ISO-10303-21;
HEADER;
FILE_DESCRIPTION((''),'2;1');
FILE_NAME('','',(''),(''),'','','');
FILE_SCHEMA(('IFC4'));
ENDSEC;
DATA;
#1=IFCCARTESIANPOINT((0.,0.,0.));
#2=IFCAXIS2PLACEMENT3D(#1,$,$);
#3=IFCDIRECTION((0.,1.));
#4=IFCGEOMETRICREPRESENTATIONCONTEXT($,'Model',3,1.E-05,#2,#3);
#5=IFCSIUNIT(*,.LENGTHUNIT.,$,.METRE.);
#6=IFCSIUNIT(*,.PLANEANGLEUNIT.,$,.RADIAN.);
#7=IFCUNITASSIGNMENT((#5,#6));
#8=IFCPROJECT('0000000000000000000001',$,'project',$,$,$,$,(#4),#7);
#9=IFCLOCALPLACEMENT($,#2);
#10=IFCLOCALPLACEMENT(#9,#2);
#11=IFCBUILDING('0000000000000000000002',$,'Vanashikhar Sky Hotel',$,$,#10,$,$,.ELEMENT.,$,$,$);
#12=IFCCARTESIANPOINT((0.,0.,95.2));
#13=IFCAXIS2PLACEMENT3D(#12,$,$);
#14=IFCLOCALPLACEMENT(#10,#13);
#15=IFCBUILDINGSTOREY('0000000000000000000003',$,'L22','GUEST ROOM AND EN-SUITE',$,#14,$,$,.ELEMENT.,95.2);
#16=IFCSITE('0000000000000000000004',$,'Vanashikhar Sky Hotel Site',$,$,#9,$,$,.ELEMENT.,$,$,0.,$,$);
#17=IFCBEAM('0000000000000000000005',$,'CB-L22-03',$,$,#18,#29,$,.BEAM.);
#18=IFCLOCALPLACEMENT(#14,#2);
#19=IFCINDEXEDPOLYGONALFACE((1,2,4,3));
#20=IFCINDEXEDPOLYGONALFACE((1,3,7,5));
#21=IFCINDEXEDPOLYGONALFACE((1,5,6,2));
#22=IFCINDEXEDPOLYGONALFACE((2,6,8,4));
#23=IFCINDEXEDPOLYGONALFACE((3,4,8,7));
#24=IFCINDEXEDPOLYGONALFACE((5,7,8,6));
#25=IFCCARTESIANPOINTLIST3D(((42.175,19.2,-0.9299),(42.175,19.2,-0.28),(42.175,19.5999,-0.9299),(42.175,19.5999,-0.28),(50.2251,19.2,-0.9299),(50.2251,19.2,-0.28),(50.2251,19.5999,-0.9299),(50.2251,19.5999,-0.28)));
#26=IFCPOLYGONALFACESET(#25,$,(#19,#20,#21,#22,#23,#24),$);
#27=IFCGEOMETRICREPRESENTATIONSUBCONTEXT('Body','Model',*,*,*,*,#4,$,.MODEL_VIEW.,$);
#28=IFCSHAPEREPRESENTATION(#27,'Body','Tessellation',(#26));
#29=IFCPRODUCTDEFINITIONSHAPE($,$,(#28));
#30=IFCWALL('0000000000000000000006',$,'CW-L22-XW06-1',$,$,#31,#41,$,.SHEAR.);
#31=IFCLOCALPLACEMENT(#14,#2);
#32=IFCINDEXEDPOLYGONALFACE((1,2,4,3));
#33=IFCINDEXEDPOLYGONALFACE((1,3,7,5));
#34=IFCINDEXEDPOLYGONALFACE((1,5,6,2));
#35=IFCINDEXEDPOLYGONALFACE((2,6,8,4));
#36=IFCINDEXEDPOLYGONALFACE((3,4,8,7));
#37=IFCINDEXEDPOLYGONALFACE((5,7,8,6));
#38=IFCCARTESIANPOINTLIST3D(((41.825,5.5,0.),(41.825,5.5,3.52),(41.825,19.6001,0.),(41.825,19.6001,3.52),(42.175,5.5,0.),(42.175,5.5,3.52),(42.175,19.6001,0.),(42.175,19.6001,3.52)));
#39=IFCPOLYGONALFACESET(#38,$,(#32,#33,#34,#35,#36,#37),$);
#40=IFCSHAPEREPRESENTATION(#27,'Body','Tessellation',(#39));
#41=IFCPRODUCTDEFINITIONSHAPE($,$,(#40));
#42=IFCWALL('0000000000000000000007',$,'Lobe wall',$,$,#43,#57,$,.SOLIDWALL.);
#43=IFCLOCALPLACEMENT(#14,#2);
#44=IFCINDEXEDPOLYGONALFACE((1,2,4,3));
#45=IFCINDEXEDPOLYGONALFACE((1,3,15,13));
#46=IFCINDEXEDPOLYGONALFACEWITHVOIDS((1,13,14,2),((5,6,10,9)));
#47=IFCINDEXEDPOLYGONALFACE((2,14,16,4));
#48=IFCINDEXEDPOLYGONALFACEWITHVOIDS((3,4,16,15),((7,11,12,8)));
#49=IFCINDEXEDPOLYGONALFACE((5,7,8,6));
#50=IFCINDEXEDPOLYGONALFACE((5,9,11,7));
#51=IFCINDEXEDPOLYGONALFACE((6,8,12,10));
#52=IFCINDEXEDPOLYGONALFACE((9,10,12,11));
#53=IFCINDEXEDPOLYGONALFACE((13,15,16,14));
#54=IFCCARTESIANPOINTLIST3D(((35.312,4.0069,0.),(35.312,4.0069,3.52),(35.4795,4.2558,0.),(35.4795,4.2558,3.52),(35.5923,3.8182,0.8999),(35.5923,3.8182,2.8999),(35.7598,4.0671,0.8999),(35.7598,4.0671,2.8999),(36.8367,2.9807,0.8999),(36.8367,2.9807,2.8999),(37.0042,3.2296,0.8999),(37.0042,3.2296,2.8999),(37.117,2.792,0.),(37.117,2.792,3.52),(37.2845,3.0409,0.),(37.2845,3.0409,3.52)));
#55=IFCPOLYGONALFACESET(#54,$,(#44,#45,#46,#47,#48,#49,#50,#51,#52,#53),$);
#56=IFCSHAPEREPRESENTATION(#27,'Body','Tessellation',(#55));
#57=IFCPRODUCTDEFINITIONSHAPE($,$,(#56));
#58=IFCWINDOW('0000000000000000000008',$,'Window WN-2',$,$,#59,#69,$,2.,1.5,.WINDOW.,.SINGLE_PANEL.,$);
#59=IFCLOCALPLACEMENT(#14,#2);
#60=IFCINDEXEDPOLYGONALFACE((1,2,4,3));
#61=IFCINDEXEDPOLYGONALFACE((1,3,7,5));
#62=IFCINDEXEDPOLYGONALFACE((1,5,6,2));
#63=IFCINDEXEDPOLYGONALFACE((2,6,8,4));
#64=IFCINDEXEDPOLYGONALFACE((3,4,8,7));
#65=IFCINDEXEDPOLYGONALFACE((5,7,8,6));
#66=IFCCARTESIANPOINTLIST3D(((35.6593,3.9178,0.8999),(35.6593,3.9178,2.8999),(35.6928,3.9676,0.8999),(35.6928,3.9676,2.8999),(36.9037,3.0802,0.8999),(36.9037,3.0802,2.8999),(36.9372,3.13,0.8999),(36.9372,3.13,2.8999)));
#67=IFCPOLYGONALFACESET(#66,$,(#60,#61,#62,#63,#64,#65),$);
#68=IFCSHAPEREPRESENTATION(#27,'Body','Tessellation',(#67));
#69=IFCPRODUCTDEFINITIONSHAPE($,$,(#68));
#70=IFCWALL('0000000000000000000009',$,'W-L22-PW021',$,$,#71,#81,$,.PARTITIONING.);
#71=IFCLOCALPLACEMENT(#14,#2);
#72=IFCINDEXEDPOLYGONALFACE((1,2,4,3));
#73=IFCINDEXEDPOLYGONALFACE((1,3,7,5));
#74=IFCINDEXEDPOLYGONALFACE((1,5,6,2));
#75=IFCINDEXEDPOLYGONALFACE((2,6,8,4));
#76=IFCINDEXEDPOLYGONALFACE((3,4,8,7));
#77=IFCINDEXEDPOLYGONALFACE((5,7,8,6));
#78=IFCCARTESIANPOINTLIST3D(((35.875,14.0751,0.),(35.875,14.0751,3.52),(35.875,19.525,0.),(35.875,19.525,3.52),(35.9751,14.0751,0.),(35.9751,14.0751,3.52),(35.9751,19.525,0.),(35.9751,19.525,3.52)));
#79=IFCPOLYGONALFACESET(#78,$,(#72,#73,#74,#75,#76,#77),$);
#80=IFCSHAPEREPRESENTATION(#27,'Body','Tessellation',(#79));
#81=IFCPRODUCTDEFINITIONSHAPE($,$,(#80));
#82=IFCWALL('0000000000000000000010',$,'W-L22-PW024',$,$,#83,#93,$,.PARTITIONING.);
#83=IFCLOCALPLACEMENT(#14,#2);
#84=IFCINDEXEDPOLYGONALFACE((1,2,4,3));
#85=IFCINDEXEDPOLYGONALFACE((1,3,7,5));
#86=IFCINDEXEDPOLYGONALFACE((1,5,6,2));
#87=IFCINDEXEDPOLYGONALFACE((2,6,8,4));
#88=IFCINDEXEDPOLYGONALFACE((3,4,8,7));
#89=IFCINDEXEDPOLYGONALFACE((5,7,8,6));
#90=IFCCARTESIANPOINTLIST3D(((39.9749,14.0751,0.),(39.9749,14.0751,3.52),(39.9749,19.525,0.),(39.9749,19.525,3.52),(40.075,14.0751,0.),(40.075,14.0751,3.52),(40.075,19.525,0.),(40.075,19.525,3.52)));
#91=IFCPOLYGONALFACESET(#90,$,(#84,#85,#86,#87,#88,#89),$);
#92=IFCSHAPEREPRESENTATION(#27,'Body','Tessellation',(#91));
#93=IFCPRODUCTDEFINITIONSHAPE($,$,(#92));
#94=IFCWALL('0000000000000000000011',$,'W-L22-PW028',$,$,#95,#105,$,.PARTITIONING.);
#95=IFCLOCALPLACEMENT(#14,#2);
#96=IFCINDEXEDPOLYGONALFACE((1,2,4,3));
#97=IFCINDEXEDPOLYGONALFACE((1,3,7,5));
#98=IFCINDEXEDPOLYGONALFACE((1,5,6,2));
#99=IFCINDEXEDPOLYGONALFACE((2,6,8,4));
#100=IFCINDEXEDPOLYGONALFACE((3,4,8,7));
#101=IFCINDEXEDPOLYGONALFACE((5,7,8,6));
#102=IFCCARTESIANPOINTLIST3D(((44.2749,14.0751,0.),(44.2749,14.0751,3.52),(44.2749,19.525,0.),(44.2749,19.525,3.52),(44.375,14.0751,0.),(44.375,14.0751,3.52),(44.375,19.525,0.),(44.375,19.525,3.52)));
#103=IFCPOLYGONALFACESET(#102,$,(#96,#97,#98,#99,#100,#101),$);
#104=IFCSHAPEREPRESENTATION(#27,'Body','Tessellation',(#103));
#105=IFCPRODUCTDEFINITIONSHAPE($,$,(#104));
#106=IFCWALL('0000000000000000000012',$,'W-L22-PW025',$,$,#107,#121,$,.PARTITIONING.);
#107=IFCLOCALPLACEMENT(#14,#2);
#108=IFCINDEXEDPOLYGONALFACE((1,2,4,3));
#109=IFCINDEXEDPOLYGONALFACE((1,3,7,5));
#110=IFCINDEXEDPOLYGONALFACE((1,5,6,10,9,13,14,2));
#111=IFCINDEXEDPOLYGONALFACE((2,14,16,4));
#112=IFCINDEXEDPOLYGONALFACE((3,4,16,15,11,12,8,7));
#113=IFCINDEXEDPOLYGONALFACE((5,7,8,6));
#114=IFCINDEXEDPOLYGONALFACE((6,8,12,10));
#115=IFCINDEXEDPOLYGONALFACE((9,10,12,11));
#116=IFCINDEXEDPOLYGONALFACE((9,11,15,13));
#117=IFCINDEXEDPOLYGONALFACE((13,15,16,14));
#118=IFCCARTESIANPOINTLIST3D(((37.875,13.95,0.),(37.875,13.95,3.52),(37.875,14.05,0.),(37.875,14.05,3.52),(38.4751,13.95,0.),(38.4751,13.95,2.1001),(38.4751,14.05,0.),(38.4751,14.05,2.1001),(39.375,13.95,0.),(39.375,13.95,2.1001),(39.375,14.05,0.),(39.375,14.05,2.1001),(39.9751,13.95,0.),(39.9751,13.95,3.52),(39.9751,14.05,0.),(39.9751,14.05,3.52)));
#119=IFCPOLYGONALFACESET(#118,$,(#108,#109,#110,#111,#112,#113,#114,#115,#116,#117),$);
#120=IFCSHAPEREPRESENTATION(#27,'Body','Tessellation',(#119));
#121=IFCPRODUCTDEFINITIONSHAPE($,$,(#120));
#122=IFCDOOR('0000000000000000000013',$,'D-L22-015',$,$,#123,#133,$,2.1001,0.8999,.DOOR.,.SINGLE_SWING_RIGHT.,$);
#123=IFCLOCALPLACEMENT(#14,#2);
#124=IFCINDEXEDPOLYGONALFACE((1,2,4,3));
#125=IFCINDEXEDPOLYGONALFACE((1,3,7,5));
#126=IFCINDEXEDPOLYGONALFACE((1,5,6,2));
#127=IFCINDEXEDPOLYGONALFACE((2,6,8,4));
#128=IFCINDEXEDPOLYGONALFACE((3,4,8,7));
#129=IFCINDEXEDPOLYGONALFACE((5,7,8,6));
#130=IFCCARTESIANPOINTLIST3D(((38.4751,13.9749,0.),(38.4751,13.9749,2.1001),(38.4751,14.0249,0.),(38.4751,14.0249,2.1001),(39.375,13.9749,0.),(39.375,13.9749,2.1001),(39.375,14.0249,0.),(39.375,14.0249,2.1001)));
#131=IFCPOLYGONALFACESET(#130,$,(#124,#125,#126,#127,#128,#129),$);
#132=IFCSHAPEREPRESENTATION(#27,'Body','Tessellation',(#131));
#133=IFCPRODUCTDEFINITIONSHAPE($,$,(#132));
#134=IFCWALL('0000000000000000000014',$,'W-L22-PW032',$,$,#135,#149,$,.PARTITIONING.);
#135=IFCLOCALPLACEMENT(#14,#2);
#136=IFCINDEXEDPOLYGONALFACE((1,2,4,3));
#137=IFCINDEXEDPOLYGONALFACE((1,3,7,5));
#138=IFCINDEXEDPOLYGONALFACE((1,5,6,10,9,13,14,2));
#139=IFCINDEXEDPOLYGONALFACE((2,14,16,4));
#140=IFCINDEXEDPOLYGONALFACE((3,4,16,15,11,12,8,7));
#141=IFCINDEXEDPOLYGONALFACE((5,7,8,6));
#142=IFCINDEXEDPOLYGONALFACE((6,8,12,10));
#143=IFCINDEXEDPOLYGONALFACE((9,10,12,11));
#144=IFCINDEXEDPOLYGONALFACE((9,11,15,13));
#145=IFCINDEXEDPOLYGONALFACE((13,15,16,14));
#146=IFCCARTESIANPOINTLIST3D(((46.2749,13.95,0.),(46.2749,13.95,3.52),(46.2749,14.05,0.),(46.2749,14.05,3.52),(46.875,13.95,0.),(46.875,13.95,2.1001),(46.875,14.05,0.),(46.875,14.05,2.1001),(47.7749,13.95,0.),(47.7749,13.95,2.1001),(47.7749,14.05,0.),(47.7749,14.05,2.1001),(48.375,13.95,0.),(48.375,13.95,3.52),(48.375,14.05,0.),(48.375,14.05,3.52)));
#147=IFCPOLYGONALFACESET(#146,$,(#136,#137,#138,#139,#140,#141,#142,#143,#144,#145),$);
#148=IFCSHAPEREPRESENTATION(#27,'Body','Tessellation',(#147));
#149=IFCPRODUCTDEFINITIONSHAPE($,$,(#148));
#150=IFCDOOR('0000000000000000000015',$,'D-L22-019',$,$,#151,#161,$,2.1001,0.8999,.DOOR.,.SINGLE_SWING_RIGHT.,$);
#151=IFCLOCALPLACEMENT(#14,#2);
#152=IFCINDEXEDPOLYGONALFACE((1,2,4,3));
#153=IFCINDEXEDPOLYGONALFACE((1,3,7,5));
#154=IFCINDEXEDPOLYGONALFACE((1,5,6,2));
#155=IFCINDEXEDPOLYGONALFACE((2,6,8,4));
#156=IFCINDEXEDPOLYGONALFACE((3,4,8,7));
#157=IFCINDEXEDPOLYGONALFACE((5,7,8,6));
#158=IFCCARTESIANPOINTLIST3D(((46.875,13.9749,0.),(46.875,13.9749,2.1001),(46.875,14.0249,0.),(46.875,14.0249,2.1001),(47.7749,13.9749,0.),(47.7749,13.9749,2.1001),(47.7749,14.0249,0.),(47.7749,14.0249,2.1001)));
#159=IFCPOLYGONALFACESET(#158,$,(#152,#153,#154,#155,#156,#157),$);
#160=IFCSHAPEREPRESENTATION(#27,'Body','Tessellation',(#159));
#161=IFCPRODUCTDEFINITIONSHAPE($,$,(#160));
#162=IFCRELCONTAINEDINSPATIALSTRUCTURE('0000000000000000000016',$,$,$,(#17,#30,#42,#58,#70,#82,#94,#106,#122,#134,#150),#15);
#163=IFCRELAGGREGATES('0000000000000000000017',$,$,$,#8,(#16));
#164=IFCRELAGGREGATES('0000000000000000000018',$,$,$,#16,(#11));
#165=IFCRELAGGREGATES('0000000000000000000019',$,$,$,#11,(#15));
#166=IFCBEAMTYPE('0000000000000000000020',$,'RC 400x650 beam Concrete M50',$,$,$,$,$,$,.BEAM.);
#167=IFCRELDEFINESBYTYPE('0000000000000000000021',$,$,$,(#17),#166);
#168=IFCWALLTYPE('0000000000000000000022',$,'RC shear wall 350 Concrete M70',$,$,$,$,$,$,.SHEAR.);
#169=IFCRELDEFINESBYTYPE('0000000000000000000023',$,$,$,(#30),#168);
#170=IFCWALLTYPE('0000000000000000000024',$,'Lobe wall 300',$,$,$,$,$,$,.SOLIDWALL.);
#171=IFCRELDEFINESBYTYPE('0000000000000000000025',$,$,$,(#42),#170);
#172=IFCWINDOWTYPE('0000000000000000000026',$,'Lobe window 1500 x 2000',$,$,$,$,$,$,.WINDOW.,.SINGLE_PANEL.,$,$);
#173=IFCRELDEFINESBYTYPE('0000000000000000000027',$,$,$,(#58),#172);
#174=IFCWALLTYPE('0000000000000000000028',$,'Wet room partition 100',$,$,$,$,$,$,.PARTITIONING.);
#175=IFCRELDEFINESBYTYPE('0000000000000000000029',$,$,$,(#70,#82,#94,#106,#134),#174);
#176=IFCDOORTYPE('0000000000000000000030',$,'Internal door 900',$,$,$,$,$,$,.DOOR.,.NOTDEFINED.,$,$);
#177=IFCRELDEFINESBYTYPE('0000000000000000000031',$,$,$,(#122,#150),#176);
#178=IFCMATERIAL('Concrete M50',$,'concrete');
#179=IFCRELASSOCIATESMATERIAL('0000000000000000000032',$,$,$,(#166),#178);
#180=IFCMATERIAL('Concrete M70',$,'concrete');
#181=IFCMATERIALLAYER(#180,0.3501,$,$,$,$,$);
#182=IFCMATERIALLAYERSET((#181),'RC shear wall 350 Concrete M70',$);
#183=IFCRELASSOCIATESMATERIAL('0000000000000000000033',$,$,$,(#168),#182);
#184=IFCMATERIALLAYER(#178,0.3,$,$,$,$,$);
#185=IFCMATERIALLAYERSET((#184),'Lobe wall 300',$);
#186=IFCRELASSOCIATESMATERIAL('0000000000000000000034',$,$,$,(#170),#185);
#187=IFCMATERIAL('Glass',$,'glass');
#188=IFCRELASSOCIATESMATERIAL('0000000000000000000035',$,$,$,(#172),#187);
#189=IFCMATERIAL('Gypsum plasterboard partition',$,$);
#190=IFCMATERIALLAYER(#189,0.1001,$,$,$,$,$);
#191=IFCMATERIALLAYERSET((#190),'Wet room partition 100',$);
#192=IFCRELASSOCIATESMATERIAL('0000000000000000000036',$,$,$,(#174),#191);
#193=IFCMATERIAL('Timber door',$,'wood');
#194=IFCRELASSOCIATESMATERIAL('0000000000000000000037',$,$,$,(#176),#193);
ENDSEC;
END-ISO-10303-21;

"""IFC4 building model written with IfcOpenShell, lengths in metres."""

from ifc_helpers import new_model, si_unit, direction, frame, frame_2d, origin, origin_2d, place, context, subcontext, project, spatial, rectangle, extrude, source, transform, mapped, material, layer, layer_set, material_profile, profile_set, type_object, element, fill, save


model = new_model("IFC4")

# Units and contexts
model_context = context("Model", 3, precision=1e-05, world=origin(), true_north=direction((0.0, 1.0)))
body_context = subcontext(model_context, "Body", "Model", "MODEL_VIEW")
ifc_project = project(units=[si_unit("LENGTHUNIT", "METRE"), si_unit("PLANEANGLEUNIT", "RADIAN")], contexts=[model_context])

# Site, building, storey
site_placement = place(None, origin())
site = spatial("IfcSite", under=ifc_project, at=site_placement, Name="Vanashikhar Sky Hotel Site", CompositionType="ELEMENT", RefElevation=0.0)
building_placement = place(site_placement, origin())
building = spatial("IfcBuilding", under=site, at=building_placement, Name="Vanashikhar Sky Hotel", CompositionType="ELEMENT")
storey_placement = place(building_placement, frame((0.0, 0.0, 95.2)))
storey = spatial("IfcBuildingStorey", under=building, at=storey_placement, Name="L22", Description="GUEST ROOM AND EN-SUITE", CompositionType="ELEMENT", Elevation=95.2)

# Beam
ifc_material_1 = material(Name="Concrete M50", Category="concrete")
ifc_material_profile = material_profile(ifc_material_1, rectangle(XDim=0.3999, YDim=0.6499, at=origin_2d()))
ifc_profile_set = profile_set([ifc_material_profile], Name="RC 400x650 beam Concrete M50")
beam_type = type_object("IfcBeamType", Name="RC 400x650 beam Concrete M50", PredefinedType="BEAM", material=ifc_profile_set)
shared_shape_1 = source(origin(), body_context, "Body", "SweptSolid", [
    extrude(rectangle(XDim=0.3999, YDim=0.6499, at=origin_2d()), origin(), (0.0, 0.0, 1.0), 8.05),
])
beam_placement = place(storey_placement, frame((42.175, 19.3999, -0.605), z_axis=(1.0, 0.0, 0.0), x_axis=(0.0, 1.0, 0.0)))
element("IfcBeam", 1, at=beam_placement, inside=storey, type_object=beam_type, Name="CB-L22-03", PredefinedType="BEAM", context=body_context, shape_type="MappedRepresentation", body=[
    mapped(shared_shape_1, transform((0.0, 0.0, 0.0), scale=1.0)),
])

# Wall
ifc_material_2 = material(Name="Concrete M70", Category="concrete")
ifc_layer_1 = layer(ifc_material_2, 0.3501)
ifc_layer_set_1 = layer_set([ifc_layer_1], Name="RC shear wall 350 Concrete M70")
wall_type_1 = type_object("IfcWallType", Name="RC shear wall 350 Concrete M70", PredefinedType="SHEAR", material=ifc_layer_set_1)
shared_shape_2 = source(origin(), body_context, "Body", "SweptSolid", [
    extrude(rectangle(XDim=14.1001, YDim=0.3501, at=frame_2d((7.05, 0.0))), origin(), (0.0, 0.0, 1.0), 3.52),
])
wall_1_placement = place(storey_placement, frame((42.0, 5.5, 0.0), z_axis=(0.0, 0.0, 1.0), x_axis=(0.0, 1.0, 0.0)))
element("IfcWall", 2, at=wall_1_placement, inside=storey, type_object=wall_type_1, Name="CW-L22-XW06-1", PredefinedType="SHEAR", context=body_context, shape_type="MappedRepresentation", body=[
    mapped(shared_shape_2, transform((0.0, 0.0, 0.0), scale=1.0)),
])

# Wall, opening, window
ifc_layer_2 = layer(ifc_material_1, 0.3)
ifc_layer_set_2 = layer_set([ifc_layer_2], Name="Lobe wall 300")
wall_type_2 = type_object("IfcWallType", Name="Lobe wall 300", PredefinedType="SOLIDWALL", material=ifc_layer_set_2)
shared_shape_3 = source(origin(), body_context, "Body", "SweptSolid", [
    extrude(rectangle(XDim=2.1758, YDim=0.3, at=frame_2d((1.0879, 0.0))), origin(), (0.0, 0.0, 1.0), 3.52),
])
wall_2_placement = place(storey_placement, frame((35.3958, 4.1313, 0.0), z_axis=(0.0, 0.0, 1.0), x_axis=(0.829591, -0.558372, 0.0)))
wall_2 = element("IfcWall", 3, at=wall_2_placement, inside=storey, type_object=wall_type_2, Name="Lobe wall", PredefinedType="SOLIDWALL", context=body_context, shape_type="MappedRepresentation", body=[
    mapped(shared_shape_3, transform((0.0, 0.0, 0.0), scale=1.0)),
])
shared_shape_4 = source(origin(), body_context, "Body", "SweptSolid", [
    extrude(rectangle(XDim=1.5, YDim=2.0, at=frame_2d((0.75, 1.0))), frame((0.0, 0.1602, 0.0), z_axis=(0.0, -1.0, 0.0), x_axis=(1.0, 0.0, 0.0)), (0.0, 0.0, 1.0), 0.3201),
])
opening_1_placement = place(wall_2_placement, frame((0.3379, 0.0, 0.8999)))
opening_1 = element("IfcOpeningElement", 4, at=opening_1_placement, cuts=wall_2, PredefinedType="OPENING", context=body_context, shape_type="MappedRepresentation", body=[
    mapped(shared_shape_4, transform((0.0, 0.0, 0.0), scale=1.0)),
])
ifc_material_3 = material(Name="Glass", Category="glass")
window_type = type_object("IfcWindowType", Name="Lobe window 1500 x 2000", PartitioningType="SINGLE_PANEL", PredefinedType="WINDOW", material=ifc_material_3)
shared_shape_5 = source(origin(), body_context, "Body", "SweptSolid", [
    extrude(rectangle(XDim=1.5, YDim=2.0, at=frame_2d((0.75, 1.0))), frame((0.0, 0.03, 0.0), z_axis=(0.0, -1.0, 0.0), x_axis=(1.0, 0.0, 0.0)), (0.0, 0.0, 1.0), 0.0601),
])
window_placement = place(opening_1_placement, origin())
window = element("IfcWindow", 5, at=window_placement, inside=storey, type_object=window_type, Name="Window WN-2", OverallHeight=2.0, OverallWidth=1.5, PartitioningType="SINGLE_PANEL", PredefinedType="WINDOW", context=body_context, shape_type="MappedRepresentation", body=[
    mapped(shared_shape_5, transform((0.0, 0.0, 0.0), scale=1.0)),
])
fill(opening_1, window)

# Walls
ifc_material_4 = material(Name="Gypsum plasterboard partition")
ifc_layer_3 = layer(ifc_material_4, 0.1001)
ifc_layer_set_3 = layer_set([ifc_layer_3], Name="Wet room partition 100")
wall_type_3 = type_object("IfcWallType", Name="Wet room partition 100", PredefinedType="PARTITIONING", material=ifc_layer_set_3)
shared_shape_6 = source(origin(), body_context, "Body", "SweptSolid", [
    extrude(rectangle(XDim=5.45, YDim=0.1001, at=frame_2d((2.7251, 0.0))), origin(), (0.0, 0.0, 1.0), 3.52),
])
for number, where, z_axis, x_axis, name in (
    (6, (35.925, 14.075, 0.0), (0.0, 0.0, 1.0), (0.0, 1.0, 0.0), "W-L22-PW021"),
    (7, (40.0249, 14.075, 0.0), (0.0, 0.0, 1.0), (0.0, 1.0, 0.0), "W-L22-PW024"),
    (8, (44.325, 14.075, 0.0), (0.0, 0.0, 1.0), (0.0, 1.0, 0.0), "W-L22-PW028"),
):
    element("IfcWall", number, at=place(storey_placement, frame(where, z_axis=z_axis, x_axis=x_axis)), inside=storey, type_object=wall_type_3, Name=name, PredefinedType="PARTITIONING", context=body_context, shape_type="MappedRepresentation", body=[
        mapped(shared_shape_6, transform((0.0, 0.0, 0.0), scale=1.0)),
    ])

# Walls, openings, doors
shared_shape_7 = source(origin(), body_context, "Body", "SweptSolid", [
    extrude(rectangle(XDim=2.1001, YDim=0.1001, at=frame_2d((1.05, 0.0))), origin(), (0.0, 0.0, 1.0), 3.52),
])
wall_3_placement = place(storey_placement, frame((37.875, 14.0, 0.0), z_axis=(0.0, 0.0, 1.0), x_axis=(1.0, 0.0, 0.0)))
wall_3 = element("IfcWall", 9, at=wall_3_placement, inside=storey, type_object=wall_type_3, Name="W-L22-PW025", PredefinedType="PARTITIONING", context=body_context, shape_type="MappedRepresentation", body=[
    mapped(shared_shape_7, transform((0.0, 0.0, 0.0), scale=1.0)),
])
shared_shape_8 = source(origin(), body_context, "Body", "SweptSolid", [
    extrude(rectangle(XDim=0.8999, YDim=2.1001, at=frame_2d((0.45, 1.05))), frame((0.0, 0.0601, 0.0), z_axis=(0.0, -1.0, 0.0), x_axis=(1.0, 0.0, 0.0)), (0.0, 0.0, 1.0), 0.1201),
])
opening_2_placement = place(wall_3_placement, frame((0.6001, 0.0, 0.0)))
opening_2 = element("IfcOpeningElement", 10, at=opening_2_placement, cuts=wall_3, PredefinedType="OPENING", context=body_context, shape_type="MappedRepresentation", body=[
    mapped(shared_shape_8, transform((0.0, 0.0, 0.0), scale=1.0)),
])
ifc_material_5 = material(Name="Timber door", Category="wood")
door_type_1 = type_object("IfcDoorType", Name="Internal door 900", OperationType="NOTDEFINED", PredefinedType="DOOR", material=ifc_material_5)
shared_shape_9 = source(origin(), body_context, "Body", "SweptSolid", [
    extrude(rectangle(XDim=0.8999, YDim=2.1001, at=frame_2d((0.45, 1.05))), frame((0.0, 0.0249, 0.0), z_axis=(0.0, -1.0, 0.0), x_axis=(1.0, 0.0, 0.0)), (0.0, 0.0, 1.0), 0.05),
])
door_1_placement = place(opening_2_placement, origin())
door_1 = element("IfcDoor", 11, at=door_1_placement, inside=storey, type_object=door_type_1, Name="D-L22-015", OperationType="SINGLE_SWING_RIGHT", OverallHeight=2.1001, OverallWidth=0.8999, PredefinedType="DOOR", context=body_context, shape_type="MappedRepresentation", body=[
    mapped(shared_shape_9, transform((0.0, 0.0, 0.0), scale=1.0)),
])
fill(opening_2, door_1)
wall_4_placement = place(storey_placement, frame((46.2749, 14.0, 0.0), z_axis=(0.0, 0.0, 1.0), x_axis=(1.0, 0.0, 0.0)))
wall_4 = element("IfcWall", 12, at=wall_4_placement, inside=storey, type_object=wall_type_3, Name="W-L22-PW032", PredefinedType="PARTITIONING", context=body_context, shape_type="MappedRepresentation", body=[
    mapped(shared_shape_7, transform((0.0, 0.0, 0.0), scale=1.0)),
])
opening_3_placement = place(wall_4_placement, frame((0.6001, 0.0, 0.0)))
opening_3 = element("IfcOpeningElement", 13, at=opening_3_placement, cuts=wall_4, PredefinedType="OPENING", context=body_context, shape_type="MappedRepresentation", body=[
    mapped(shared_shape_8, transform((0.0, 0.0, 0.0), scale=1.0)),
])
door_2_placement = place(opening_3_placement, origin())
door_2 = element("IfcDoor", 14, at=door_2_placement, inside=storey, type_object=door_type_1, Name="D-L22-019", OperationType="SINGLE_SWING_RIGHT", OverallHeight=2.1001, OverallWidth=0.8999, PredefinedType="DOOR", context=body_context, shape_type="MappedRepresentation", body=[
    mapped(shared_shape_9, transform((0.0, 0.0, 0.0), scale=1.0)),
])
fill(opening_3, door_2)

save(model, "model.ifc")
